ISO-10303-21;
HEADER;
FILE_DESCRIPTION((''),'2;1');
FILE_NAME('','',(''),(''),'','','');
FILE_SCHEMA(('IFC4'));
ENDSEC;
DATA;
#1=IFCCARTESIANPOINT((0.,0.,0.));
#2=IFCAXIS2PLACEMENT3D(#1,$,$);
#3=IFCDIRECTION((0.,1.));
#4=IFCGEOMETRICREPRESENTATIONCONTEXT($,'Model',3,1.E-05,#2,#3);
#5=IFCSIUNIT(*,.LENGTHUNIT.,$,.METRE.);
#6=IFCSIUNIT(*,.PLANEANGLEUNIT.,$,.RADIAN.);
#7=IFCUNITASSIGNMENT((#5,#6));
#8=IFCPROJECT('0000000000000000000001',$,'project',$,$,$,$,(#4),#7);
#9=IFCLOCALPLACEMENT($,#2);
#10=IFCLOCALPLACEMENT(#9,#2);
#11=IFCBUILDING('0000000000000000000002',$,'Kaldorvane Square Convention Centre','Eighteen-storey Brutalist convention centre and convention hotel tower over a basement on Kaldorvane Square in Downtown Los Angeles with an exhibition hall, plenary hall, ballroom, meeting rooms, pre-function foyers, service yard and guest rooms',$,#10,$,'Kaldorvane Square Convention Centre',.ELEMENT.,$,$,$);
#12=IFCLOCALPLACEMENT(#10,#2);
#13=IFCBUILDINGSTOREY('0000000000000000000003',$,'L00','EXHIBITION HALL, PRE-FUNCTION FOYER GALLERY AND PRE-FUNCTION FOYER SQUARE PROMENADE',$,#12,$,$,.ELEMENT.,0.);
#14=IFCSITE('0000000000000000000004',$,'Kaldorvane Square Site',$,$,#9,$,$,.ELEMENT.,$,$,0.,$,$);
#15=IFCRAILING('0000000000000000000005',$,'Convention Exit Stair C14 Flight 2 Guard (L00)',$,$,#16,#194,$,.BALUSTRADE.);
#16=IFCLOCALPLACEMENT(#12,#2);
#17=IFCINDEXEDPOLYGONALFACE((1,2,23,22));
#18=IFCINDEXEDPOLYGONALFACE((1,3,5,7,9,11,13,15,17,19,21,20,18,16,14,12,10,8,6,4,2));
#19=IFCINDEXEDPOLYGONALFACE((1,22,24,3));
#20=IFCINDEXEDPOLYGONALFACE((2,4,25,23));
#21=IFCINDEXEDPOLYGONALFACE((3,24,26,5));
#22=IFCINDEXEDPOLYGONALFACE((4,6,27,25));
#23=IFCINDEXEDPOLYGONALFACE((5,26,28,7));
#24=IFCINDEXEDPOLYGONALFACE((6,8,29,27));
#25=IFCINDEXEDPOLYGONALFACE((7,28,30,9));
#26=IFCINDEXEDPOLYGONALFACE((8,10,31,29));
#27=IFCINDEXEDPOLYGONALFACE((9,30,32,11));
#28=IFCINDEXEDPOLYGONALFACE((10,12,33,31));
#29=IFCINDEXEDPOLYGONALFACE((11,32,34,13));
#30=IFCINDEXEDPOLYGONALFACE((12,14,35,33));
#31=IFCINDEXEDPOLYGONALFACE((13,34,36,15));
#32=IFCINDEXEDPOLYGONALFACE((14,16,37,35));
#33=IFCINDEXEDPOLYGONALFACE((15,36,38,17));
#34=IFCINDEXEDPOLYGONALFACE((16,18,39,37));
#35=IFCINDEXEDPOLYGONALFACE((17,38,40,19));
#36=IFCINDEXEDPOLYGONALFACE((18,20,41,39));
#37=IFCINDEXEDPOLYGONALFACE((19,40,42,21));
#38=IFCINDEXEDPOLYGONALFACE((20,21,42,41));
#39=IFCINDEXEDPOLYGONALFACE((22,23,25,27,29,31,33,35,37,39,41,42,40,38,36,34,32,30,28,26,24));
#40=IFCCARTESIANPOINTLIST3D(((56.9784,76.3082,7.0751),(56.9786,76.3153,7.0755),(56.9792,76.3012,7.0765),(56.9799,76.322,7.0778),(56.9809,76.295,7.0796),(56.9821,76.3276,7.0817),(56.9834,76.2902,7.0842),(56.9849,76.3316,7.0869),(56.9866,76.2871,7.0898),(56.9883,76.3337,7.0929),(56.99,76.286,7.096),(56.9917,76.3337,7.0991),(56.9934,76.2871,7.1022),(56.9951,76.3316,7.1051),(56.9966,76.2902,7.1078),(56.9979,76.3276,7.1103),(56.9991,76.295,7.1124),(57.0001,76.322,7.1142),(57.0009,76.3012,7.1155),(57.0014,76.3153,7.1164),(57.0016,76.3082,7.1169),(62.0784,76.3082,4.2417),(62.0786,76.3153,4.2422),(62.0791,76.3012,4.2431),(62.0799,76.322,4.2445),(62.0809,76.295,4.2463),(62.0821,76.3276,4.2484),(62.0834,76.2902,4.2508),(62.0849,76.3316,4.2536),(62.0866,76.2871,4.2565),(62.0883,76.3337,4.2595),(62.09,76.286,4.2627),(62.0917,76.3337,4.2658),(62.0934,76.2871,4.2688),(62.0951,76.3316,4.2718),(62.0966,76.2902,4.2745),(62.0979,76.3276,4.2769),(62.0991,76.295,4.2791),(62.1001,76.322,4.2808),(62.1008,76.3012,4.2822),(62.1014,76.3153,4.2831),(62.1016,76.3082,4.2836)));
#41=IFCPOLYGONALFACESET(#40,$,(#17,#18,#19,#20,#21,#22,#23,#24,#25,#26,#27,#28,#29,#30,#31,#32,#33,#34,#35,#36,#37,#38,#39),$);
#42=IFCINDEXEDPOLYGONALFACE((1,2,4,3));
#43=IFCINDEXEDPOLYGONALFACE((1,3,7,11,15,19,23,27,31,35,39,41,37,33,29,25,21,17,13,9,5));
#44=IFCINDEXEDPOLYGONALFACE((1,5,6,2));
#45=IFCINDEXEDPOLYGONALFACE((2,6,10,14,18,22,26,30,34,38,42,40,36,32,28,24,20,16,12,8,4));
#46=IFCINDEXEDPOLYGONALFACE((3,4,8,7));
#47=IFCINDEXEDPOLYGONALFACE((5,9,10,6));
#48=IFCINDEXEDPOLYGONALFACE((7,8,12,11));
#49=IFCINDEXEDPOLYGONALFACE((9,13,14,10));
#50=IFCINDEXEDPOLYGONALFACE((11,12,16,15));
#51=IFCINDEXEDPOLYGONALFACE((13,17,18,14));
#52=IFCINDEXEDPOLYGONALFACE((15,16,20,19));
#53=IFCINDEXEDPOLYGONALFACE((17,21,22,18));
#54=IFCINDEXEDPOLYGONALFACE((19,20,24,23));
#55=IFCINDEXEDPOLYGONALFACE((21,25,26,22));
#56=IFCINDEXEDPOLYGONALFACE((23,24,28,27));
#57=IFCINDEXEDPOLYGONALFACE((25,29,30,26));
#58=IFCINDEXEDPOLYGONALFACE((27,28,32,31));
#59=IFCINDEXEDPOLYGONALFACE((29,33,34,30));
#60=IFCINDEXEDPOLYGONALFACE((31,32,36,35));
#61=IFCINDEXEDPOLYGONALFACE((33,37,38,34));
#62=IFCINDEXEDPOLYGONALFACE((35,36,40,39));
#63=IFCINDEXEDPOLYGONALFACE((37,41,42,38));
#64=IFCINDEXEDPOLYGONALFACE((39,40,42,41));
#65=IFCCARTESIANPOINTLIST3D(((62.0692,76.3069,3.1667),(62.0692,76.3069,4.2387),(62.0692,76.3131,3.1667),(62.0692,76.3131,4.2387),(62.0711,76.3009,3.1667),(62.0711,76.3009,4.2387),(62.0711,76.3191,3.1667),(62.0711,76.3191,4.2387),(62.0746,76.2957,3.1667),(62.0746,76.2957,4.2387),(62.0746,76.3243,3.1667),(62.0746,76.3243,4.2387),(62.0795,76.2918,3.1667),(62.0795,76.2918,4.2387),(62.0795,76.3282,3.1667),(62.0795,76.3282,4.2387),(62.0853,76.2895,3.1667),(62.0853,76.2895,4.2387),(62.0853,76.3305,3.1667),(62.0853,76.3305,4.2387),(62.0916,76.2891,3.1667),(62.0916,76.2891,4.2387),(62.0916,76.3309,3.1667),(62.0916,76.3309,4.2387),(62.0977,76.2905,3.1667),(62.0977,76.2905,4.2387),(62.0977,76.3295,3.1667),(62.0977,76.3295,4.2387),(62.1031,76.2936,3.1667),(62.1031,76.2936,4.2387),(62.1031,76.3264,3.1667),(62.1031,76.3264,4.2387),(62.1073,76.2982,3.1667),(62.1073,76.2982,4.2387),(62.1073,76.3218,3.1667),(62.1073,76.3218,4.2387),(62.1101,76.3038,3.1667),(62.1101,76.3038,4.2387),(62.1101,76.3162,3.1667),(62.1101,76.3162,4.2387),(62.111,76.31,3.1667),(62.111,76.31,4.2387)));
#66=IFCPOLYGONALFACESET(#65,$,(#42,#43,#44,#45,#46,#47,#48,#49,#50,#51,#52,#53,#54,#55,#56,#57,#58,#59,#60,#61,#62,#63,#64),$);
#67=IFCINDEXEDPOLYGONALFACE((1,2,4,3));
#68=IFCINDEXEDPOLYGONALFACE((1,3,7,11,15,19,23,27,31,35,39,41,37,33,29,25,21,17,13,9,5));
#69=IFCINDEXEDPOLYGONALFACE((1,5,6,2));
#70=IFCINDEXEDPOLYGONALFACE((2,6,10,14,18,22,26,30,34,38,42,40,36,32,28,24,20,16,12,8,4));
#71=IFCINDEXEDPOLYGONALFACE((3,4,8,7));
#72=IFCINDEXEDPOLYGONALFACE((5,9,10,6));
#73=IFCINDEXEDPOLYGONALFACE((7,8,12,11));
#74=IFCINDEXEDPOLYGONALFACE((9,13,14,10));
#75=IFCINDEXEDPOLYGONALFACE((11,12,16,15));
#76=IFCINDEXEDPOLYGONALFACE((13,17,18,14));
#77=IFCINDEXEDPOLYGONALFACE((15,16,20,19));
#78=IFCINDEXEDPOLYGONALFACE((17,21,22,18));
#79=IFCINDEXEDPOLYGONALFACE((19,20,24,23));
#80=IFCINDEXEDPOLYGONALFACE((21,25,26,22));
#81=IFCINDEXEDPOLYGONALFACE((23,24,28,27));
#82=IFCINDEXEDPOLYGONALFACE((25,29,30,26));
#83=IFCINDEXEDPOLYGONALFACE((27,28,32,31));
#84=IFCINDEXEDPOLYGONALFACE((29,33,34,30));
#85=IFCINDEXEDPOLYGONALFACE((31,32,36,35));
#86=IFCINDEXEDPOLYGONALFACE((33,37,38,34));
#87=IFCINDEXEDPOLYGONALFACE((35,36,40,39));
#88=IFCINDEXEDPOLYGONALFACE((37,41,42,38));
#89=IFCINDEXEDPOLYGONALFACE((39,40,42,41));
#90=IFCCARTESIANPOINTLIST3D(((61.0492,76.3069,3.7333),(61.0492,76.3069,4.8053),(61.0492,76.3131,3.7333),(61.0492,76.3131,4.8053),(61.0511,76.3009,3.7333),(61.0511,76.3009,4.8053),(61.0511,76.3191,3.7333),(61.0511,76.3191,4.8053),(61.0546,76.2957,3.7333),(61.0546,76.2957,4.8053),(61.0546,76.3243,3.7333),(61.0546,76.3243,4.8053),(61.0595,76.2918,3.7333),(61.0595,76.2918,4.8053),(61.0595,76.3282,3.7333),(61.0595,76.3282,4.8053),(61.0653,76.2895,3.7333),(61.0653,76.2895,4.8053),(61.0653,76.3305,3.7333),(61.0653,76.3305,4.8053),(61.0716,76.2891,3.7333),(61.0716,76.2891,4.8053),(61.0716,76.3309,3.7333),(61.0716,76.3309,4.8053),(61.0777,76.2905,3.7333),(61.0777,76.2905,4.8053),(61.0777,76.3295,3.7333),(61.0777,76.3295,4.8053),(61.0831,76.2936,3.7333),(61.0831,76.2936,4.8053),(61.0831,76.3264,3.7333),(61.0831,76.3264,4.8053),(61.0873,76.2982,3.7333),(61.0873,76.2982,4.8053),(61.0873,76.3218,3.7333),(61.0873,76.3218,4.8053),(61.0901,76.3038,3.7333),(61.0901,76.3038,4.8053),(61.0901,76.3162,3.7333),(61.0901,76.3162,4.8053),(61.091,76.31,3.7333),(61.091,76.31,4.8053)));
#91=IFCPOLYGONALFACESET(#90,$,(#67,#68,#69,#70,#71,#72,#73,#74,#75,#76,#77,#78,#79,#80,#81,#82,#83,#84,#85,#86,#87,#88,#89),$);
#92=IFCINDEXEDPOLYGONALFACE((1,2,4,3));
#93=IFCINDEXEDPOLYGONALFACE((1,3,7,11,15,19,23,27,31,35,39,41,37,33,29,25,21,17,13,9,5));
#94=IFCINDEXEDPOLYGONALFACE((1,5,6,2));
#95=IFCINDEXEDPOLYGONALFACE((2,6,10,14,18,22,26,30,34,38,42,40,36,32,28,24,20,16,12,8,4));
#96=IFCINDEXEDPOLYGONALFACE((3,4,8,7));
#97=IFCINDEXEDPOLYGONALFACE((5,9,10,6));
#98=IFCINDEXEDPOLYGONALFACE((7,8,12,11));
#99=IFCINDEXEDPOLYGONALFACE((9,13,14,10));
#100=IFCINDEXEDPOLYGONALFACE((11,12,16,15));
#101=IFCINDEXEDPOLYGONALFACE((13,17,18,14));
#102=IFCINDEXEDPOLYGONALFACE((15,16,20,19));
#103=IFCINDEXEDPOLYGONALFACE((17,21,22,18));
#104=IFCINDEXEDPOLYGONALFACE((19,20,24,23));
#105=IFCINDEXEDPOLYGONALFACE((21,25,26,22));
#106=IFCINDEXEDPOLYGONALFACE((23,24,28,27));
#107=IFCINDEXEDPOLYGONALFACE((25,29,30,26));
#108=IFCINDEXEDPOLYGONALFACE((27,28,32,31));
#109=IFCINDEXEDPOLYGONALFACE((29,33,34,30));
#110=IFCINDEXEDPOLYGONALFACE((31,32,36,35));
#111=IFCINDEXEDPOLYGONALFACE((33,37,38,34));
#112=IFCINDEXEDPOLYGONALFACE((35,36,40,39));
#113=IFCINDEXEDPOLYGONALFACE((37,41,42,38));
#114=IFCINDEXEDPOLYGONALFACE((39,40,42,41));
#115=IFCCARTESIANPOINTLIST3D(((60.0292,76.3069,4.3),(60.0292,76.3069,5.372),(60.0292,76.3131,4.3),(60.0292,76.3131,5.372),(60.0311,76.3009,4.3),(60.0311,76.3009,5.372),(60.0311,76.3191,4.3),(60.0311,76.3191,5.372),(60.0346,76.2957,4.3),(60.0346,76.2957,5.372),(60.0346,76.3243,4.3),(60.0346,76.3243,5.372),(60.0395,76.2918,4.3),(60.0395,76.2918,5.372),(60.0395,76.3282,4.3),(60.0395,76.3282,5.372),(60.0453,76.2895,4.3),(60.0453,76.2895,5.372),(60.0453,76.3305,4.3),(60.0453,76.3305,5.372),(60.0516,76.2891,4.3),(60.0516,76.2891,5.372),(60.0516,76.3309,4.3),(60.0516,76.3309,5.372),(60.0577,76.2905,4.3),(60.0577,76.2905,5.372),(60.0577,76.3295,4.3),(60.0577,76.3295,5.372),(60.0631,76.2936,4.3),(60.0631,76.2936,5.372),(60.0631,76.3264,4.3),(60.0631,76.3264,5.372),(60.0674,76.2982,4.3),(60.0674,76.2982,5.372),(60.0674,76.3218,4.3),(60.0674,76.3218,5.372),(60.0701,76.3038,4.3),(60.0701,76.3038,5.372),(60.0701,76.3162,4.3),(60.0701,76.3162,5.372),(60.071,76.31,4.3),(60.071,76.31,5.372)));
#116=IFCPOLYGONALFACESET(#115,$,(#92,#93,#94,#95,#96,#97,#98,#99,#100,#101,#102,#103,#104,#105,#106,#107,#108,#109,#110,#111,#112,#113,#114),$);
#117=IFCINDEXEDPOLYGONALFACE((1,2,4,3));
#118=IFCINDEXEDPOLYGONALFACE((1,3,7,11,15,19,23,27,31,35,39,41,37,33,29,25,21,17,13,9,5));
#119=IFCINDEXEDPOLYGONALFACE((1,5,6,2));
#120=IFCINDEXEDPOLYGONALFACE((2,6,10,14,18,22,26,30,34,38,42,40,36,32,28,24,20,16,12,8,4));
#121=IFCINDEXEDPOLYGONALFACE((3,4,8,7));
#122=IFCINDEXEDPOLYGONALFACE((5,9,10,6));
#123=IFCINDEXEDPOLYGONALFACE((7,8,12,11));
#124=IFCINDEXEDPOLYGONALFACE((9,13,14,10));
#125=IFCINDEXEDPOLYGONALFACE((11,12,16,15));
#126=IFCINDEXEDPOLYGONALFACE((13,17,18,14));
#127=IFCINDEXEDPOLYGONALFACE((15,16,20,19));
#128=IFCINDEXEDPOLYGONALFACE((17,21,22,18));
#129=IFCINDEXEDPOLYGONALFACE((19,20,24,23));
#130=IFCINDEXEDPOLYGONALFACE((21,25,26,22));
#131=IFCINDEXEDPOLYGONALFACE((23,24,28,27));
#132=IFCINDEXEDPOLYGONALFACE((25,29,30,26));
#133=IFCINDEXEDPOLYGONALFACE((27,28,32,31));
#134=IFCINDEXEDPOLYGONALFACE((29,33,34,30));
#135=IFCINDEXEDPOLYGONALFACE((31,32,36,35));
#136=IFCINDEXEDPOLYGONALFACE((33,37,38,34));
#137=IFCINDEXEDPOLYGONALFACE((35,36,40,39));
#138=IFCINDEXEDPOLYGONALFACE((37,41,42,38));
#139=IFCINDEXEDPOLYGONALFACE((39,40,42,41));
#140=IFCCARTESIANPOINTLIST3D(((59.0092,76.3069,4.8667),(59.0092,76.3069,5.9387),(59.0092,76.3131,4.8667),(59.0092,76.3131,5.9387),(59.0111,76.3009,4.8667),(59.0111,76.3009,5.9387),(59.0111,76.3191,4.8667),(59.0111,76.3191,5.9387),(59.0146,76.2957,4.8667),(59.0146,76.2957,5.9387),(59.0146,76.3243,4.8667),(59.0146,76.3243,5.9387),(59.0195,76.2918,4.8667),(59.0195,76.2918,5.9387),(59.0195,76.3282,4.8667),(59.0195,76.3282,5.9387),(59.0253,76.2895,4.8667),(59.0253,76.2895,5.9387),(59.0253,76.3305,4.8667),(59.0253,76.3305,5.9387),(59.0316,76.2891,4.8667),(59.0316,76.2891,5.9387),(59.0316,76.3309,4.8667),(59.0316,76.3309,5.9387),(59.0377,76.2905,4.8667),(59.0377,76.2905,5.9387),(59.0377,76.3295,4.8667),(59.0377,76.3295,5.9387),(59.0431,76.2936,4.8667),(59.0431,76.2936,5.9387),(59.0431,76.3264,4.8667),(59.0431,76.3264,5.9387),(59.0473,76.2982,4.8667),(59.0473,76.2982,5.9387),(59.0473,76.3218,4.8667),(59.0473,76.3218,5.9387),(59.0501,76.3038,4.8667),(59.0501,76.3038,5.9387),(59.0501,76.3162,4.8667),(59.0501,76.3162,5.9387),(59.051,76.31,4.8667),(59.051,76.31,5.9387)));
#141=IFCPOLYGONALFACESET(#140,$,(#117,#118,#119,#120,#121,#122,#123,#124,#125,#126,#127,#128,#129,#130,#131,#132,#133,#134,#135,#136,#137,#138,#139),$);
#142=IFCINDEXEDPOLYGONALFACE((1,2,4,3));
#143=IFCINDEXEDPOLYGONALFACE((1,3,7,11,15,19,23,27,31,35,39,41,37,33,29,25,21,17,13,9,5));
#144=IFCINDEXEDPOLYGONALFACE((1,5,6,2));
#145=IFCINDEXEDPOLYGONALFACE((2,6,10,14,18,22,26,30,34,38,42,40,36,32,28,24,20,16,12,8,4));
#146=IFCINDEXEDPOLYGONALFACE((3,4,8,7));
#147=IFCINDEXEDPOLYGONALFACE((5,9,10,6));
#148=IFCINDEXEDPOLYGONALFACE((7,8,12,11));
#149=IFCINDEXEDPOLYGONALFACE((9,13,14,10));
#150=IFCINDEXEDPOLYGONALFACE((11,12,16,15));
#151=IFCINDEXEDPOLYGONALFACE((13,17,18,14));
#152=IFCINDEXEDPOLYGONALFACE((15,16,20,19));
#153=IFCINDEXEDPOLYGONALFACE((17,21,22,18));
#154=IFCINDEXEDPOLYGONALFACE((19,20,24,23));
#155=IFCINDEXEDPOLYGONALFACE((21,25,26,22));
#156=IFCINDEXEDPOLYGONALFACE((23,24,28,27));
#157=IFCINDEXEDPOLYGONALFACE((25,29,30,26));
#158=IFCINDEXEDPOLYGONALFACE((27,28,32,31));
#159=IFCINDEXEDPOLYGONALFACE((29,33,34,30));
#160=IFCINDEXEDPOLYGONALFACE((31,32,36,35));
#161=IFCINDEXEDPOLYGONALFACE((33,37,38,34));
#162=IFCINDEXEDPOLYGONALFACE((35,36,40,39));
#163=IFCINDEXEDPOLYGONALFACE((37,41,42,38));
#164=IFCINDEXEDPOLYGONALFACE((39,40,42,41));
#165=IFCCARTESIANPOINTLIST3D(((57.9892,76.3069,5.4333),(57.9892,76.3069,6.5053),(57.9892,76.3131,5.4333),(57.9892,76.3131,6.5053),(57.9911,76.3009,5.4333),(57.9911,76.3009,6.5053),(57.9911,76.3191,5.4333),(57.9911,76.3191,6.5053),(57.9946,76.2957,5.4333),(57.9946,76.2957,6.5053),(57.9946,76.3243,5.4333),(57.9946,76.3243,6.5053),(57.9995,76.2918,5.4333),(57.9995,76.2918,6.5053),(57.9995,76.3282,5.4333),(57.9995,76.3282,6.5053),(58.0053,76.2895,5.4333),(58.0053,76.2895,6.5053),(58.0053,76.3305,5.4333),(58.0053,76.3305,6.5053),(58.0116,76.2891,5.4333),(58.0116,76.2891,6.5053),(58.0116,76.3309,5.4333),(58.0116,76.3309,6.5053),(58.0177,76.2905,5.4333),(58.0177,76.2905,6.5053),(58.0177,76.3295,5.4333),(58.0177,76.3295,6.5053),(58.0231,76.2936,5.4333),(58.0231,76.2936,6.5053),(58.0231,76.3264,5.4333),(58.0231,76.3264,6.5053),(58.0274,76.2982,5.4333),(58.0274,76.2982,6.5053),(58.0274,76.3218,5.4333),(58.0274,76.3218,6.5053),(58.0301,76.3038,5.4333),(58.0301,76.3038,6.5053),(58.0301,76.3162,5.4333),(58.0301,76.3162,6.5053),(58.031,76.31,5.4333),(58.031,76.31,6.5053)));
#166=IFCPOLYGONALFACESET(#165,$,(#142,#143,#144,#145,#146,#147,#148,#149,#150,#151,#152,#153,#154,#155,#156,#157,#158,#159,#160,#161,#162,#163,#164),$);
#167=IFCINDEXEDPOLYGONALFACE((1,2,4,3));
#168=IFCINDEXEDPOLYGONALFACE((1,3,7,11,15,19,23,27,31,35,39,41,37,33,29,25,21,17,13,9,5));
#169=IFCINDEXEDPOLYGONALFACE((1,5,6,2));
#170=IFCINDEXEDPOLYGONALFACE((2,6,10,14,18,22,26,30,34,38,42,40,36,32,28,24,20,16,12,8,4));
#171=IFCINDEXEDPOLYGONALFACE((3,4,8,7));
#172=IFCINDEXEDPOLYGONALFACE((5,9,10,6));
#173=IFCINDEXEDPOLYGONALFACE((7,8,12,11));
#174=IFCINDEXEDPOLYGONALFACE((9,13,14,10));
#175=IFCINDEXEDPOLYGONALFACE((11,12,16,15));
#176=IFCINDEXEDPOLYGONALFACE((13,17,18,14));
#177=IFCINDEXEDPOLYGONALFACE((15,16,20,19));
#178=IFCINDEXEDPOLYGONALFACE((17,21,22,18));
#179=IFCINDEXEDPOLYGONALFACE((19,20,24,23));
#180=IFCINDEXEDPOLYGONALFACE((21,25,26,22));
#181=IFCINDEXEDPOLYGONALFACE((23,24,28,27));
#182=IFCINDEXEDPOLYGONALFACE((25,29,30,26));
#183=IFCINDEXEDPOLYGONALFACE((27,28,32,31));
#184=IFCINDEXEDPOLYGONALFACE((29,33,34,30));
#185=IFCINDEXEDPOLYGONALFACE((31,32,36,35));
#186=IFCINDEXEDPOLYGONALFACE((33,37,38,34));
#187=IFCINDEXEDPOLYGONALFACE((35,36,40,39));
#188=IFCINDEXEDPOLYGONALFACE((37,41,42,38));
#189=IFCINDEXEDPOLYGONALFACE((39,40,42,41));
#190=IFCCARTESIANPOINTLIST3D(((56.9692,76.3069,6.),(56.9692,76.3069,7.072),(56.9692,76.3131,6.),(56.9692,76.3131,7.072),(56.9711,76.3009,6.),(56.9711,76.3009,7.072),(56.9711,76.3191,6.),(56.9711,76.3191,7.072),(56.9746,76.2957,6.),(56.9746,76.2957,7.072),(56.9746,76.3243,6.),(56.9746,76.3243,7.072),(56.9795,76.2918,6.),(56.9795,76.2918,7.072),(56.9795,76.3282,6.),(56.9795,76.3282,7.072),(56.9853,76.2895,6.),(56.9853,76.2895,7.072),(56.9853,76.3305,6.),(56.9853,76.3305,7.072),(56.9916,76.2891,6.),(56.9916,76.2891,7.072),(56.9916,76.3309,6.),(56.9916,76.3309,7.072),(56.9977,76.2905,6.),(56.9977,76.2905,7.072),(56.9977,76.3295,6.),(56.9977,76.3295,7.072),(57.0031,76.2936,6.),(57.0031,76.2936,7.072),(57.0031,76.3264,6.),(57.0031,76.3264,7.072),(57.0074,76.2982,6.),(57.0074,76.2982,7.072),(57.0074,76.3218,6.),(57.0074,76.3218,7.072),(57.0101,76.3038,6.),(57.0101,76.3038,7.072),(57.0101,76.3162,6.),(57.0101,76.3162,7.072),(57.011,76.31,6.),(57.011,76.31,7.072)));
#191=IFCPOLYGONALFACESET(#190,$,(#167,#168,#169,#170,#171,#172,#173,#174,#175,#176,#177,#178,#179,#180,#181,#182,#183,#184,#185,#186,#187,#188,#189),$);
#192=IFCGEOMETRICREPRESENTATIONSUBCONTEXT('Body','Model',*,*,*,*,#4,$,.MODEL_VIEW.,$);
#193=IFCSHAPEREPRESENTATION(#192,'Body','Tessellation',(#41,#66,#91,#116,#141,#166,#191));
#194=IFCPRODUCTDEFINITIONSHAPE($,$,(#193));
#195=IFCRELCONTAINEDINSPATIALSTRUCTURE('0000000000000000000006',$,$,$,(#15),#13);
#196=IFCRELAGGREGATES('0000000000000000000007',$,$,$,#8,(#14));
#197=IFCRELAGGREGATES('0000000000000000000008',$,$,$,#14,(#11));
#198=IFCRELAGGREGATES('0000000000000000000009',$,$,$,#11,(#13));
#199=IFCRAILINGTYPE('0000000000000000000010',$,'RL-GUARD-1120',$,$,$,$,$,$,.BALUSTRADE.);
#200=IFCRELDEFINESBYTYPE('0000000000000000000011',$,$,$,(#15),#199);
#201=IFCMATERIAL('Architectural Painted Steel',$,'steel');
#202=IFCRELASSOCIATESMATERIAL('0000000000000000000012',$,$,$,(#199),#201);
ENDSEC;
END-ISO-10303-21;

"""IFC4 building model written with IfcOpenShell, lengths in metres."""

from ifc_helpers import new_model, si_unit, direction, frame, origin, origin_2d, place, context, subcontext, project, spatial, circle, extrude, material, type_object, element, save


model = new_model("IFC4")

# Units and contexts
model_context = context("Model", 3, precision=1e-05, world=origin(), true_north=direction((0.0, 1.0)))
body_context = subcontext(model_context, "Body", "Model", "MODEL_VIEW")
ifc_project = project(units=[si_unit("LENGTHUNIT", "METRE"), si_unit("PLANEANGLEUNIT", "RADIAN")], contexts=[model_context])

# Site, building, storey
site_placement = place(None, origin())
site = spatial("IfcSite", under=ifc_project, at=site_placement, Name="Kaldorvane Square Site", CompositionType="ELEMENT", RefElevation=0.0)
building_placement = place(site_placement, origin())
building = spatial("IfcBuilding", under=site, at=building_placement, Name="Kaldorvane Square Convention Centre", Description="Eighteen-storey Brutalist convention centre and convention hotel tower over a basement on Kaldorvane Square in Downtown Los Angeles with an exhibition hall, plenary hall, ballroom, meeting rooms, pre-function foyers, service yard and guest rooms", LongName="Kaldorvane Square Convention Centre", CompositionType="ELEMENT")
storey_placement = place(building_placement, origin())
storey = spatial("IfcBuildingStorey", under=building, at=storey_placement, Name="L00", Description="EXHIBITION HALL, PRE-FUNCTION FOYER GALLERY AND PRE-FUNCTION FOYER SQUARE PROMENADE", CompositionType="ELEMENT", Elevation=0.0)

# Railing
ifc_material_1 = material(Name="Architectural Painted Steel", Category="steel")
railing_type_1 = type_object("IfcRailingType", Name="RL-GUARD-1120", PredefinedType="BALUSTRADE", material=ifc_material_1)
railing_1_placement = place(storey_placement, frame((62.09, 76.31, 3.1667)))
element("IfcRailing", 1, at=railing_1_placement, inside=storey, type_object=railing_type_1, Name="Convention Exit Stair C14 Flight 2 Guard (L00)", PredefinedType="BALUSTRADE", context=body_context, shape_type="SweptSolid", body=[
    extrude(circle(Radius=0.024, at=origin_2d()), frame((0.0, 0.0, 1.096), z_axis=(-0.874157, 0.0, 0.485643), x_axis=(0.0, -1.0, 0.0)), (0.0, 0.0, 1.0), 5.8342),
    extrude(circle(Radius=0.021, at=origin_2d()), origin(), (0.0, 0.0, 1.0), 1.072),
    extrude(circle(Radius=0.021, at=origin_2d()), frame((-1.02, 0.0, 0.5667)), (0.0, 0.0, 1.0), 1.072),
    extrude(circle(Radius=0.021, at=origin_2d()), frame((-2.04, 0.0, 1.1333)), (0.0, 0.0, 1.0), 1.072),
    extrude(circle(Radius=0.021, at=origin_2d()), frame((-3.06, 0.0, 1.7)), (0.0, 0.0, 1.0), 1.072),
    extrude(circle(Radius=0.021, at=origin_2d()), frame((-4.08, 0.0, 2.2667)), (0.0, 0.0, 1.0), 1.072),
    extrude(circle(Radius=0.021, at=origin_2d()), frame((-5.1, 0.0, 2.8333)), (0.0, 0.0, 1.0), 1.072),
])

save(model, "model.ifc")
